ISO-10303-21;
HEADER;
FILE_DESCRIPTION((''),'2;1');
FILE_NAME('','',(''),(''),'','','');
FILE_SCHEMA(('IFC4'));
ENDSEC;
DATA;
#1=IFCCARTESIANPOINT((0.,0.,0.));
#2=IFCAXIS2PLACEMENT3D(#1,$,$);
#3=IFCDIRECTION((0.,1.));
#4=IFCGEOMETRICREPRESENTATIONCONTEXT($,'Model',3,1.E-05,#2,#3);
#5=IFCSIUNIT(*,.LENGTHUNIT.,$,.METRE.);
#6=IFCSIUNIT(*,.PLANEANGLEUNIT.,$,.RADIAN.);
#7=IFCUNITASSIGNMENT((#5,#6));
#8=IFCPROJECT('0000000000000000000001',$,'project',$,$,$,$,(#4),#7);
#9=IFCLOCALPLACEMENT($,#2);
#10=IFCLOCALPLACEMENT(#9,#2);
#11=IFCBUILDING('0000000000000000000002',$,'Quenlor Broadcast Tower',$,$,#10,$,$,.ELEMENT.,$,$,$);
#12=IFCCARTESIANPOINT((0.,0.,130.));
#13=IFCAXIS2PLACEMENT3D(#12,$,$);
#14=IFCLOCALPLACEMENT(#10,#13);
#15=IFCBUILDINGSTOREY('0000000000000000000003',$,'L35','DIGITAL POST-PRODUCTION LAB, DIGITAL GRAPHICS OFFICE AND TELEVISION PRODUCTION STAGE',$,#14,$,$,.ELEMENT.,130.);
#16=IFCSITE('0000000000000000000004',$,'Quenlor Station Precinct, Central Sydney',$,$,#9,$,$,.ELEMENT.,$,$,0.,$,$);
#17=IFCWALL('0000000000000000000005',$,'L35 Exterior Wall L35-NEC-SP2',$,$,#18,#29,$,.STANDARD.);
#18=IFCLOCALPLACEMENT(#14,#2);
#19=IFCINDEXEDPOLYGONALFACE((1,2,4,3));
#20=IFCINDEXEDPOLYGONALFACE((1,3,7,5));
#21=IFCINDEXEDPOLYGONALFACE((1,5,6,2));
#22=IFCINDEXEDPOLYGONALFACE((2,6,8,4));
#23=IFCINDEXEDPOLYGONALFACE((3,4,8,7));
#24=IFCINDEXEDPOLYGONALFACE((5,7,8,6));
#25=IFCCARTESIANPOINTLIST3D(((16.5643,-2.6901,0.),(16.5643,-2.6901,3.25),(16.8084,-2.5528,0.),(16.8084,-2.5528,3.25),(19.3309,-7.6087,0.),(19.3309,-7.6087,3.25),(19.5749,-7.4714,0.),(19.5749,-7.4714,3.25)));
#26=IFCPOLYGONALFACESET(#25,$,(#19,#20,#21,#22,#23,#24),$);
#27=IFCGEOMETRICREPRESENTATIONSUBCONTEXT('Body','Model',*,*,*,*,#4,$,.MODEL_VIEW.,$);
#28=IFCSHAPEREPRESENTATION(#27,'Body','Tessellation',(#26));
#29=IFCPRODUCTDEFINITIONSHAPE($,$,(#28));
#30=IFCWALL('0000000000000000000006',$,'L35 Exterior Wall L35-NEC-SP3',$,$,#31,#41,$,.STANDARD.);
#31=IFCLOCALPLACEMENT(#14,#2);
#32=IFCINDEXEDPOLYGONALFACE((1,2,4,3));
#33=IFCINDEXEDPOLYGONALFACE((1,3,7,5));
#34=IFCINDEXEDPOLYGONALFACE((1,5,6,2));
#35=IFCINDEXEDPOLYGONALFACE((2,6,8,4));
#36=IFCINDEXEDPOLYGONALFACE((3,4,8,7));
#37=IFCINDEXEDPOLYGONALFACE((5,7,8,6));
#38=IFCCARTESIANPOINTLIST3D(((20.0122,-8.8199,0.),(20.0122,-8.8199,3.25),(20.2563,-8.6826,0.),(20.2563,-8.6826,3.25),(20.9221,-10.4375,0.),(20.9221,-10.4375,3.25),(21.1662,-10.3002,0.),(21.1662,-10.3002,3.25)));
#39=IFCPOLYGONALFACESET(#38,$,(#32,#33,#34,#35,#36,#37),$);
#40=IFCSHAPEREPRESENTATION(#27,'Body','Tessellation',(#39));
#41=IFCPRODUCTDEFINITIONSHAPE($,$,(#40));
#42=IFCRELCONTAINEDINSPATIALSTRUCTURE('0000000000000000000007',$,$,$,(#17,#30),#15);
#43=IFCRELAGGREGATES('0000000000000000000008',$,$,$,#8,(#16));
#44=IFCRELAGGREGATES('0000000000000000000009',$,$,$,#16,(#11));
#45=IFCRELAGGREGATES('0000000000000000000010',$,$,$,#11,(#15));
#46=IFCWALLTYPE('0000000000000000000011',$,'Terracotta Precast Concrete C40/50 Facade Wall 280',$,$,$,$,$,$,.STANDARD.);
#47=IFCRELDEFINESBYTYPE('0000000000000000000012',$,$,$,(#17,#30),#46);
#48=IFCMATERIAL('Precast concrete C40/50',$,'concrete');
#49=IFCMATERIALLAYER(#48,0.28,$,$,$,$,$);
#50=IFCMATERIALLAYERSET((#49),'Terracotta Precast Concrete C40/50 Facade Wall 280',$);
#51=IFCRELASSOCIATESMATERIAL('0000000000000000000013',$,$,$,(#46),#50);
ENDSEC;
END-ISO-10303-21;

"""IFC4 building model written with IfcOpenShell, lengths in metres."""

from ifc_helpers import new_model, si_unit, direction, frame, frame_2d, origin, place, context, subcontext, project, spatial, rectangle, extrude, material, layer, layer_set, type_object, element, save


model = new_model("IFC4")

# Units and contexts
model_context = context("Model", 3, precision=1e-05, world=origin(), true_north=direction((0.0, 1.0)))
body_context = subcontext(model_context, "Body", "Model", "MODEL_VIEW")
ifc_project = project(units=[si_unit("LENGTHUNIT", "METRE"), si_unit("PLANEANGLEUNIT", "RADIAN")], contexts=[model_context])

# Site, building, storey
site_placement = place(None, origin())
site = spatial("IfcSite", under=ifc_project, at=site_placement, Name="Quenlor Station Precinct, Central Sydney", CompositionType="ELEMENT", RefElevation=0.0)
building_placement = place(site_placement, origin())
building = spatial("IfcBuilding", under=site, at=building_placement, Name="Quenlor Broadcast Tower", CompositionType="ELEMENT")
storey_placement = place(building_placement, frame((0.0, 0.0, 130.0)))
storey = spatial("IfcBuildingStorey", under=building, at=storey_placement, Name="L35", Description="DIGITAL POST-PRODUCTION LAB, DIGITAL GRAPHICS OFFICE AND TELEVISION PRODUCTION STAGE", CompositionType="ELEMENT", Elevation=130.0)

# Walls
ifc_material_1 = material(Name="Precast concrete C40/50", Category="concrete")
ifc_layer_1 = layer(ifc_material_1, 0.28)
ifc_layer_set_1 = layer_set([ifc_layer_1], Name="Terracotta Precast Concrete C40/50 Facade Wall 280")
wall_type_1 = type_object("IfcWallType", Name="Terracotta Precast Concrete C40/50 Facade Wall 280", PredefinedType="STANDARD", material=ifc_layer_set_1)
wall_1_placement = place(storey_placement, frame((16.6863, -2.6213, 0.0), z_axis=(0.0, 0.0, 1.0), x_axis=(0.490239, -0.871588, 0.0)))
element("IfcWall", 1, at=wall_1_placement, inside=storey, type_object=wall_type_1, Name="L35 Exterior Wall L35-NEC-SP2", PredefinedType="STANDARD", context=body_context, shape_type="SweptSolid", body=[
    extrude(rectangle(XDim=5.6433, YDim=0.28, at=frame_2d((2.8218, 0.0))), origin(), (0.0, 0.0, 1.0), 3.25),
])
wall_2_placement = place(storey_placement, frame((20.1343, -8.7512, 0.0), z_axis=(0.0, 0.0, 1.0), x_axis=(0.490249, -0.871583, 0.0)))
element("IfcWall", 2, at=wall_2_placement, inside=storey, type_object=wall_type_1, Name="L35 Exterior Wall L35-NEC-SP3", PredefinedType="STANDARD", context=body_context, shape_type="SweptSolid", body=[
    extrude(rectangle(XDim=1.856, YDim=0.28, at=frame_2d((0.928, 0.0))), origin(), (0.0, 0.0, 1.0), 3.25),
])

save(model, "model.ifc")
